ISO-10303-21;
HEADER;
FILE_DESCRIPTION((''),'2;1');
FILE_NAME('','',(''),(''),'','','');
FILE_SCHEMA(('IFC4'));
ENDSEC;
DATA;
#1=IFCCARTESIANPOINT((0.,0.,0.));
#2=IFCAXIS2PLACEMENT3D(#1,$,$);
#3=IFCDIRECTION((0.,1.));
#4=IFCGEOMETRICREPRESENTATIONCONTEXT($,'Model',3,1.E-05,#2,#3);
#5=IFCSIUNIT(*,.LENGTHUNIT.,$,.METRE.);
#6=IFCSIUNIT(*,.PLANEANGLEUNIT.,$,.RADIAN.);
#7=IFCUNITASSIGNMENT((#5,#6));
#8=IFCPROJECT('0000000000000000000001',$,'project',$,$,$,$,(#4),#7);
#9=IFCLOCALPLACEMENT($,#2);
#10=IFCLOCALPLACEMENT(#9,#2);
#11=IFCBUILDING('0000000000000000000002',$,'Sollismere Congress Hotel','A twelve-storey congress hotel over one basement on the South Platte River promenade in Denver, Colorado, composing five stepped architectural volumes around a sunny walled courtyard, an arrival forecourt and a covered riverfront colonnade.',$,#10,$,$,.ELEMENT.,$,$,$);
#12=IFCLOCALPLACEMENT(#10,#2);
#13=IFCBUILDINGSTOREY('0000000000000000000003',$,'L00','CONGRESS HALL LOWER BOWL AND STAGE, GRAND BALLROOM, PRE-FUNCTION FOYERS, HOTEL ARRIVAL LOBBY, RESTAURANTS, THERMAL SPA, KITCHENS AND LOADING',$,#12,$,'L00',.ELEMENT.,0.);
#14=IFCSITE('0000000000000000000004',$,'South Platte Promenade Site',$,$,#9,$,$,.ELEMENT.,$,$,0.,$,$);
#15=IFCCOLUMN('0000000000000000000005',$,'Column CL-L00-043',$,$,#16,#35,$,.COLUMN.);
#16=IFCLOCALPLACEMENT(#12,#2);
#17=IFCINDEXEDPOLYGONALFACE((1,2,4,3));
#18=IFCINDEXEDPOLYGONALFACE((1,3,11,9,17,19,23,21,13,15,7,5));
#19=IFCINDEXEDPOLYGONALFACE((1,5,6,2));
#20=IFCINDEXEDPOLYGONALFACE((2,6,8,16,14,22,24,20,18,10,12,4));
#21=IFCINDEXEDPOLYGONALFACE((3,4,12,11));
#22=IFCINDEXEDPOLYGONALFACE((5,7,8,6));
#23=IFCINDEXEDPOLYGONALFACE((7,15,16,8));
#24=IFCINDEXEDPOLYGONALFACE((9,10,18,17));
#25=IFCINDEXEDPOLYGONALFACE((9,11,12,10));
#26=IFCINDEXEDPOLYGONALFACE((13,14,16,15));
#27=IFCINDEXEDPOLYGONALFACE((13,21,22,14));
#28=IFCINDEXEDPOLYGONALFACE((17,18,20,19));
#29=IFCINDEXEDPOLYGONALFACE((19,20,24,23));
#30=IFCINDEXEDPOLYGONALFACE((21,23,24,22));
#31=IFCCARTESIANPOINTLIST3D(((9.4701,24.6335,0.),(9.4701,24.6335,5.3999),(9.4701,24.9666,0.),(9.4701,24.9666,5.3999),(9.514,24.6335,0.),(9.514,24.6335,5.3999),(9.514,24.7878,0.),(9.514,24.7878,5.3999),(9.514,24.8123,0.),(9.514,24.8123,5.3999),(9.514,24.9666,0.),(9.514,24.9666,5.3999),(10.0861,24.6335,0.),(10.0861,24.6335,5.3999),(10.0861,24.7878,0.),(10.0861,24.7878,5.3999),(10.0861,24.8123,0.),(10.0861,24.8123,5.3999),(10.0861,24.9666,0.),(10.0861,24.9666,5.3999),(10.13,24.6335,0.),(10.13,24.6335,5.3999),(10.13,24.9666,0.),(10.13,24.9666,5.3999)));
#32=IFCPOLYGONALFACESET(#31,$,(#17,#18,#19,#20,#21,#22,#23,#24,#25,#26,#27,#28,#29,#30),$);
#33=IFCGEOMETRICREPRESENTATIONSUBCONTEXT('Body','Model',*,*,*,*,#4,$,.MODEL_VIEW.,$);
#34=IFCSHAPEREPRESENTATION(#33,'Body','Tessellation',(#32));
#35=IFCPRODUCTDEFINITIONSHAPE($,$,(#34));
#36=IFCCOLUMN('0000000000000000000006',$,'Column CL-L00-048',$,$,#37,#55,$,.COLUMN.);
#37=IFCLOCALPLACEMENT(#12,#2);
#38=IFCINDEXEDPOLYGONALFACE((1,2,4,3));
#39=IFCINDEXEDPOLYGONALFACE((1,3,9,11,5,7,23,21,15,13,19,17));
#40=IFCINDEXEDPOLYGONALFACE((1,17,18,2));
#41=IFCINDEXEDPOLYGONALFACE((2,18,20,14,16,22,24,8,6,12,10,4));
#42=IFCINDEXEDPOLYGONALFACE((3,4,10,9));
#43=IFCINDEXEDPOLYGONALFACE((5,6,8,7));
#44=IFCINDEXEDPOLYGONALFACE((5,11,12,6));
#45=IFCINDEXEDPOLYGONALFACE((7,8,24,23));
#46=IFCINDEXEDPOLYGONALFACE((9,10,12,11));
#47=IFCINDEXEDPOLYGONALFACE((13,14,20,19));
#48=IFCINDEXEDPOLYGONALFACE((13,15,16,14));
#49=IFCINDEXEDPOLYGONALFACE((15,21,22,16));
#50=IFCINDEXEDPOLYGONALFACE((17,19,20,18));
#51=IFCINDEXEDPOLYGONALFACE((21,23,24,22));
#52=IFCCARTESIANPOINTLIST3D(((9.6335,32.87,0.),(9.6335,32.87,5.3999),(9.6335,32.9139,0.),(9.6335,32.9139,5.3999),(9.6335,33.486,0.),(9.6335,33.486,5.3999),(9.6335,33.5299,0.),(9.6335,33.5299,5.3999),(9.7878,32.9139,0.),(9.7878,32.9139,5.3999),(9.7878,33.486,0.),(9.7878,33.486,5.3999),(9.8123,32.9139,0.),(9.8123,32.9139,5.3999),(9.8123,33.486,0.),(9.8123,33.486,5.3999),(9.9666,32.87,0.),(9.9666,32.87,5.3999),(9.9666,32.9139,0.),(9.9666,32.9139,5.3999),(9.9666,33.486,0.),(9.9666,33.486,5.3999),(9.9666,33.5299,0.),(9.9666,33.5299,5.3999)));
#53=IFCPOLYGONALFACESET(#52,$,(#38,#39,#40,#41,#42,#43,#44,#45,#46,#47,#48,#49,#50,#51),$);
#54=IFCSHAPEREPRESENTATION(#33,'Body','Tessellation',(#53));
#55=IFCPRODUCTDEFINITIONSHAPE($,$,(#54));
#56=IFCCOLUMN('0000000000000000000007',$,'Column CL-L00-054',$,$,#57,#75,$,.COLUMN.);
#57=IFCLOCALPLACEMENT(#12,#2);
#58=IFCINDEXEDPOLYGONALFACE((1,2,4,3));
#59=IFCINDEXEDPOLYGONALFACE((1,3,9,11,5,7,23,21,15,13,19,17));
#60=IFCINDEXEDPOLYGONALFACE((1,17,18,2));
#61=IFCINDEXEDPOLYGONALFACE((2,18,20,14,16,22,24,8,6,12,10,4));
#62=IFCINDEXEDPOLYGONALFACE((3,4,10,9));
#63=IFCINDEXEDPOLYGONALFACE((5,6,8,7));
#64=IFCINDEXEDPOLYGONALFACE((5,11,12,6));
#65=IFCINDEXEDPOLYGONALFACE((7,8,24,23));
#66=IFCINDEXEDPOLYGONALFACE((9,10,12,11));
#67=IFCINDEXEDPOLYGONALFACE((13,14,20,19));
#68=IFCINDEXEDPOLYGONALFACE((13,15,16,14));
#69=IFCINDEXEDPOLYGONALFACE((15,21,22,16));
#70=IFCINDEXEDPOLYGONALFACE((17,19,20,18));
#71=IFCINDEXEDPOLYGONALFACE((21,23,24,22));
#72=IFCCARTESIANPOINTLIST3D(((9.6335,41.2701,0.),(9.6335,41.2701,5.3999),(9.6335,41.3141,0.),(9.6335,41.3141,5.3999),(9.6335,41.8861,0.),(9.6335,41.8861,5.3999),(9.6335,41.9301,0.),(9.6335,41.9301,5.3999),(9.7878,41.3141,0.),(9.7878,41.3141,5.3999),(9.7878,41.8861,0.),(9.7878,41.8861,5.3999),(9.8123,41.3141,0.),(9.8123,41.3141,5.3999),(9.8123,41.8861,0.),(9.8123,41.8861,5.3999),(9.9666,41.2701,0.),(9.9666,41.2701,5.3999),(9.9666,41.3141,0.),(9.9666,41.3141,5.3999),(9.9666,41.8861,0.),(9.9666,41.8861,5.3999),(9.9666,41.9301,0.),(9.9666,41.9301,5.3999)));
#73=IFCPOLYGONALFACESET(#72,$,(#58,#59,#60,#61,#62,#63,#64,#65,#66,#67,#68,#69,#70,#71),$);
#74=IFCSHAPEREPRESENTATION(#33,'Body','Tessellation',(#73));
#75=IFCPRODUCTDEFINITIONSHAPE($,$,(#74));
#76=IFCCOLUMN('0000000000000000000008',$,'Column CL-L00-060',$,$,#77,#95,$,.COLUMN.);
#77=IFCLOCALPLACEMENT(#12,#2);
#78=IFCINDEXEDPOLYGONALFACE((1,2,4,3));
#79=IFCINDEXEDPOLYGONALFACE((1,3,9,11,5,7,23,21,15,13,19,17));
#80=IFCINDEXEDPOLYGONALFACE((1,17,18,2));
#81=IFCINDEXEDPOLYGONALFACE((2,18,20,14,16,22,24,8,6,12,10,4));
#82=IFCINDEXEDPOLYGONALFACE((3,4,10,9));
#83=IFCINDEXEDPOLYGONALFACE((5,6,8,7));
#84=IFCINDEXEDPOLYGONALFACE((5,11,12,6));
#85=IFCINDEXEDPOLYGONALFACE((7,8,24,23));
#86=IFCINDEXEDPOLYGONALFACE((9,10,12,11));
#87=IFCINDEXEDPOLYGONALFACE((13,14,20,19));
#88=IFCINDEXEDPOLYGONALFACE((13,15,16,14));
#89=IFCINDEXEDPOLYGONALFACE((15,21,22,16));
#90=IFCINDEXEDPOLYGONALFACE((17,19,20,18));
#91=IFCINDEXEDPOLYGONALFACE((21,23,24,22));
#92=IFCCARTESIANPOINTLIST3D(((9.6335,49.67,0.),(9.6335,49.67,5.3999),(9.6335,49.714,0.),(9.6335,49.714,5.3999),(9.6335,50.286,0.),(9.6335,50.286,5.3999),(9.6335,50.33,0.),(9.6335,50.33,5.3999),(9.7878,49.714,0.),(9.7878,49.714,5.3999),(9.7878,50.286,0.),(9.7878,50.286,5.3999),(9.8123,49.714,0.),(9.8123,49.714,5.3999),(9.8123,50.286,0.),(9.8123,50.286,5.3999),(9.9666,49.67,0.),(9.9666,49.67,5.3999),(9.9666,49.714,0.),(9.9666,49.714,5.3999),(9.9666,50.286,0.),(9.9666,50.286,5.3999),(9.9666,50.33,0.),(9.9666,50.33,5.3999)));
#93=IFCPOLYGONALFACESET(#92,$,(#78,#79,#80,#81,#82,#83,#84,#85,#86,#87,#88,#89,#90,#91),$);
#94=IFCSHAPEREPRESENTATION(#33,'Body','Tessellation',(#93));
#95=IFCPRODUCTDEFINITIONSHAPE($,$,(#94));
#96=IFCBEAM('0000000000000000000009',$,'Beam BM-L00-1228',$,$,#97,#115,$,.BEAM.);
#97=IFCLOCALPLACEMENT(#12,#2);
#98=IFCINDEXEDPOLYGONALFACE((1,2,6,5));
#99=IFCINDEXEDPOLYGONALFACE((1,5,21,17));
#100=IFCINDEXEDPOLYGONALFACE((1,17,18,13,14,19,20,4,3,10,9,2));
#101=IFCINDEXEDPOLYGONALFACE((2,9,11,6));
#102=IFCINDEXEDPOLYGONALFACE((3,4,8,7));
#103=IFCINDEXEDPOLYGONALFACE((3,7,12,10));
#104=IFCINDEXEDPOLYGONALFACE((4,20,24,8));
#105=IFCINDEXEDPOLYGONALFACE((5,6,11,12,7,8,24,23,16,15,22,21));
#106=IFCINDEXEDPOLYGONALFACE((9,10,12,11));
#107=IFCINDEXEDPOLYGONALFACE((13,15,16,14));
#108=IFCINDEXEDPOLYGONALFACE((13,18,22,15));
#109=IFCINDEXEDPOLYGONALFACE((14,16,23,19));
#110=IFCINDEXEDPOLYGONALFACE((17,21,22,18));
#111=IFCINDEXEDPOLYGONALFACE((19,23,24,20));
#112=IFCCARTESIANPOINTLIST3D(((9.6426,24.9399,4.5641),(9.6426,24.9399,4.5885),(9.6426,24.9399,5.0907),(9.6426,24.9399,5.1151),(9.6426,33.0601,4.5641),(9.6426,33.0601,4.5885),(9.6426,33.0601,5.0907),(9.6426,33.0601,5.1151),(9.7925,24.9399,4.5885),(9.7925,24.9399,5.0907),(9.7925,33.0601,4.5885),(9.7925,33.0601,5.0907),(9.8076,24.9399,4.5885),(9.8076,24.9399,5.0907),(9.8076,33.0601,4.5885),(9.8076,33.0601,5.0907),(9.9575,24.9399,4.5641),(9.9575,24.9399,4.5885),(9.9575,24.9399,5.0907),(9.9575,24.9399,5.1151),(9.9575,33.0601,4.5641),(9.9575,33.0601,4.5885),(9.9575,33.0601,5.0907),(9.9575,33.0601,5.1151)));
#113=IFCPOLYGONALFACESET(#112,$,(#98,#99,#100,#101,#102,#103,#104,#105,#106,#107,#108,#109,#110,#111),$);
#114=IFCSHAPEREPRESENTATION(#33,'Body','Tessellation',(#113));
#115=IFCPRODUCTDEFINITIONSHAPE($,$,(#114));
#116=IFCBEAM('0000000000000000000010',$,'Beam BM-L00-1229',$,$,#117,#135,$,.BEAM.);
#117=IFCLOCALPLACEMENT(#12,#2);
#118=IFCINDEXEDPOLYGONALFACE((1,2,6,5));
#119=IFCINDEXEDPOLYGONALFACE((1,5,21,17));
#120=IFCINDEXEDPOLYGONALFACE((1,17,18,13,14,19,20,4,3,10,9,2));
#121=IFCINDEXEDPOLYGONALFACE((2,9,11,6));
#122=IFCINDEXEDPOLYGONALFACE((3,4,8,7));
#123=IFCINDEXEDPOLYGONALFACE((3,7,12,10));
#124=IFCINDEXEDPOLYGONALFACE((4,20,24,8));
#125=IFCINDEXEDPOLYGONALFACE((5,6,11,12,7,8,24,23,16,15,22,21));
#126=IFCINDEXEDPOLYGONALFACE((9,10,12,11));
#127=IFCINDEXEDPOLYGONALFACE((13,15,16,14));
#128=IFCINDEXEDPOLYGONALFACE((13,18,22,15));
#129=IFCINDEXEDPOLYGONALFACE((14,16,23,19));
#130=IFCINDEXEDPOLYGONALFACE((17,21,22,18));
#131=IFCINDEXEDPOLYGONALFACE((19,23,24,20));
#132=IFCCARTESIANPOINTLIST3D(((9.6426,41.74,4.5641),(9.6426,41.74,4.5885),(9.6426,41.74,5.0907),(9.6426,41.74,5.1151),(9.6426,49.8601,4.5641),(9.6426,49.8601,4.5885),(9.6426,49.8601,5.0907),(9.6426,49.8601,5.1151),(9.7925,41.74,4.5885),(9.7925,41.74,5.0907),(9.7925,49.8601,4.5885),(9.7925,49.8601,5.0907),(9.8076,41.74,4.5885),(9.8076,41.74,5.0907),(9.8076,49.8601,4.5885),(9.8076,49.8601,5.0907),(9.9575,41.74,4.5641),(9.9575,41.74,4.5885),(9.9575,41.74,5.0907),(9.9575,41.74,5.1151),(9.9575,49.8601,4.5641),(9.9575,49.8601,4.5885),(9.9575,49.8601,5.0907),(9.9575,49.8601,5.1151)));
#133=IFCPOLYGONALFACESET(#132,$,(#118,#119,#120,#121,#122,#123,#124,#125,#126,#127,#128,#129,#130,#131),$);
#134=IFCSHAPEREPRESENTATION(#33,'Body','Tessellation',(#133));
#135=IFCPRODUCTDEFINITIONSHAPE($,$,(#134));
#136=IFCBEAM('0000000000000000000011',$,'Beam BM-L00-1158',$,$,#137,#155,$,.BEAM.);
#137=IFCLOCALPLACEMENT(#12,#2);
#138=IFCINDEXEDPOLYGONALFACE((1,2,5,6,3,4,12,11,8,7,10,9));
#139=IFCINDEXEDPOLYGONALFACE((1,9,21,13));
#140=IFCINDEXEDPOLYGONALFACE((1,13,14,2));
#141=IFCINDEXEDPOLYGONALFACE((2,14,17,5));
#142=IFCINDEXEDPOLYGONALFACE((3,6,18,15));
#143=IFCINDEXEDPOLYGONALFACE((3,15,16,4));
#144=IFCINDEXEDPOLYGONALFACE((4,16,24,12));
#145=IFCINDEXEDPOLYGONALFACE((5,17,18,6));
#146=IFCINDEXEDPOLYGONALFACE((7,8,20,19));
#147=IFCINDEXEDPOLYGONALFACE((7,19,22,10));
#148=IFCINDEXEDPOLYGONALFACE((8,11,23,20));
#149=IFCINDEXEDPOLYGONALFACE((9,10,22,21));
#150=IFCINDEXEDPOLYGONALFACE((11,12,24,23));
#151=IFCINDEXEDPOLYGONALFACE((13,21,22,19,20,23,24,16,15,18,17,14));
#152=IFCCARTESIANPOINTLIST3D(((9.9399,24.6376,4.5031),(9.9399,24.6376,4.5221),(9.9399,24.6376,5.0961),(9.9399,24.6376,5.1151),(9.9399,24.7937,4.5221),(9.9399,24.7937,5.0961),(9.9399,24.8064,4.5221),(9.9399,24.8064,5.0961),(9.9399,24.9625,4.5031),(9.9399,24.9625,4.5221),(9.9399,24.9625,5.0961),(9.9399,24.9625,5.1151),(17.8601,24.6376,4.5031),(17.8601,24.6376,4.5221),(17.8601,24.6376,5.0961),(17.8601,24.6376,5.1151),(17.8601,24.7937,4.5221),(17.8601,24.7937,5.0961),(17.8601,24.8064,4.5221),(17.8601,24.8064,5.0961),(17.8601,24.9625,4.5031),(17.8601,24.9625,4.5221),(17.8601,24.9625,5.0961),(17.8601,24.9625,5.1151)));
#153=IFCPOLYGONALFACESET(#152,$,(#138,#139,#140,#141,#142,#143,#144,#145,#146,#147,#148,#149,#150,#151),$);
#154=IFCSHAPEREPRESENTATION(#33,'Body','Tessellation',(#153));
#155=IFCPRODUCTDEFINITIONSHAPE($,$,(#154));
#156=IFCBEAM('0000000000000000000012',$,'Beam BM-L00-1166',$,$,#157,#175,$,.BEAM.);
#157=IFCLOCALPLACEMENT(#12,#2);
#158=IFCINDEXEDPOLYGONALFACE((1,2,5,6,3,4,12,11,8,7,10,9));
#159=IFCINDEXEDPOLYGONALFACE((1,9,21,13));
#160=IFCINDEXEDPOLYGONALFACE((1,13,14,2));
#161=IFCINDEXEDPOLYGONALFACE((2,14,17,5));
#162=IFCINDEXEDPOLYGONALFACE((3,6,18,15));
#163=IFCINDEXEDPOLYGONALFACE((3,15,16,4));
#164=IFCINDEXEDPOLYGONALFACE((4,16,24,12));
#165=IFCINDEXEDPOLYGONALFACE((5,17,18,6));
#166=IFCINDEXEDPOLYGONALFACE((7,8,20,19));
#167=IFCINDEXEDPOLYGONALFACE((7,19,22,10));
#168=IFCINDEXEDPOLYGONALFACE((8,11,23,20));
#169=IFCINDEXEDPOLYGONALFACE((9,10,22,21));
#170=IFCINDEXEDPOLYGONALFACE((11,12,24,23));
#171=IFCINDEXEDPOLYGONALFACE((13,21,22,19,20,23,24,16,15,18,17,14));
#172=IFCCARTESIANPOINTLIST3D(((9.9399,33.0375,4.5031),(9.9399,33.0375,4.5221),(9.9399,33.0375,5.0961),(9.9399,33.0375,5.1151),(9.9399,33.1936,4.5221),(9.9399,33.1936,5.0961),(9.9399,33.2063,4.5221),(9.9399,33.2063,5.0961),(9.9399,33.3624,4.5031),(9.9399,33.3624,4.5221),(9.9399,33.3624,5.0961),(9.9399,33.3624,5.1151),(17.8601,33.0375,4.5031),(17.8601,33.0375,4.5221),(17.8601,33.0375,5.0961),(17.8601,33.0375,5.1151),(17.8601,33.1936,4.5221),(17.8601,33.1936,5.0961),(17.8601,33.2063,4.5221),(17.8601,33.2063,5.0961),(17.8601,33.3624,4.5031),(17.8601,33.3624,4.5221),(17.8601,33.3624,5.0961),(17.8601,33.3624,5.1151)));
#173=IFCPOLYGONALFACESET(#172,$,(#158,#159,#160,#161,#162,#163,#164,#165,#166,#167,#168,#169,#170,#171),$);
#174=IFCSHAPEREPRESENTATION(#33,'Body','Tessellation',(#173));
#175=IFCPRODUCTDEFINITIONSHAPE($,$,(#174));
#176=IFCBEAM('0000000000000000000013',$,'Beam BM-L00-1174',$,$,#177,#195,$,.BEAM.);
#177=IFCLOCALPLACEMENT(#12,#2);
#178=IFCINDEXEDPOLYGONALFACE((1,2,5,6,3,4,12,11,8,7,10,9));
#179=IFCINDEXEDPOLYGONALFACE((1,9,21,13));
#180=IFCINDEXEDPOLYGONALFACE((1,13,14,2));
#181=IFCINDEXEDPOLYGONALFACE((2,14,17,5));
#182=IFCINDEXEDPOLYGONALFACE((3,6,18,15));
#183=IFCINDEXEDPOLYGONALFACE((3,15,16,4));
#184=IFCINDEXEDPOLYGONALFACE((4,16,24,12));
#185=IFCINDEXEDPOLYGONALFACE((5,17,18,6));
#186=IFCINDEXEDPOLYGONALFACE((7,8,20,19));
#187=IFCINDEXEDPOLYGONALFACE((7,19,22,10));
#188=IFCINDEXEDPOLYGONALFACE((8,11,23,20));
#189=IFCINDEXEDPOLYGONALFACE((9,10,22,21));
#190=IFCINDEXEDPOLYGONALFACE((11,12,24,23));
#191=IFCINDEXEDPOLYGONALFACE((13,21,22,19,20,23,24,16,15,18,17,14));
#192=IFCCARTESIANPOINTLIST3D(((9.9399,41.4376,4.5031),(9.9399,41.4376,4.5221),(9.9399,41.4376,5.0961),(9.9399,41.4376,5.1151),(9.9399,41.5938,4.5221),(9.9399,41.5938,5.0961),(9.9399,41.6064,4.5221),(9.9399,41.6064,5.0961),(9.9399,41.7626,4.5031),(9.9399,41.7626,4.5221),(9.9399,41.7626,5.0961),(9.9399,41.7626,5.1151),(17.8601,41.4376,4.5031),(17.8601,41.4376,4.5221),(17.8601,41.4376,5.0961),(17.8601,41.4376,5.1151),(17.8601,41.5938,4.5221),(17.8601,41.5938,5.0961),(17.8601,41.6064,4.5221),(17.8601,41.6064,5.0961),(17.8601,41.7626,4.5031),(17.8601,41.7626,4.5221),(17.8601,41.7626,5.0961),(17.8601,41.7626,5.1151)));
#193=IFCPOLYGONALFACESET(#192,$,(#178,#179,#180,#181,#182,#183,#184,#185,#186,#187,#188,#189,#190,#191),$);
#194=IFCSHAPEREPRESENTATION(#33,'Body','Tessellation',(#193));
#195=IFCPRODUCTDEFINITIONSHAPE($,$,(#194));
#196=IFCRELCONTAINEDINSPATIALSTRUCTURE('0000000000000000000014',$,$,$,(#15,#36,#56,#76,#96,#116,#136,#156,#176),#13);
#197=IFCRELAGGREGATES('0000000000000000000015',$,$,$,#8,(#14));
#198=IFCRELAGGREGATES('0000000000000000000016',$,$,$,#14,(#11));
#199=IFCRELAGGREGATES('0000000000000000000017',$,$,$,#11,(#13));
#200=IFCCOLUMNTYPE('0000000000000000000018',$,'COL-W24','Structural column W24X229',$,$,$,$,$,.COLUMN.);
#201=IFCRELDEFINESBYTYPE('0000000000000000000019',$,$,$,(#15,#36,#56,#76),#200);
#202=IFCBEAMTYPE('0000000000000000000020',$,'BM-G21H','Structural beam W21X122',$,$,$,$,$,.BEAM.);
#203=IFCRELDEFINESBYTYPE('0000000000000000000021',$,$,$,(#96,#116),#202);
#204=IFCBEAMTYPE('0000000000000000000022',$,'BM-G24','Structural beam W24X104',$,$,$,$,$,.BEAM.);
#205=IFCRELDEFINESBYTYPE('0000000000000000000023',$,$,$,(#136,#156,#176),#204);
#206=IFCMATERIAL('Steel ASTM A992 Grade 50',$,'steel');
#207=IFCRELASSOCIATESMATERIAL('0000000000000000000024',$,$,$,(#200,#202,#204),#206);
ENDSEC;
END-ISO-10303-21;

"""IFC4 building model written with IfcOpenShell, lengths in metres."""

from ifc_helpers import new_model, si_unit, direction, frame, origin, origin_2d, place, context, subcontext, project, spatial, i_section, extrude, material, material_profile, profile_set, type_object, element, save


model = new_model("IFC4")

# Units and contexts
model_context = context("Model", 3, precision=1e-05, world=origin(), true_north=direction((0.0, 1.0)))
body_context = subcontext(model_context, "Body", "Model", "MODEL_VIEW")
ifc_project = project(units=[si_unit("LENGTHUNIT", "METRE"), si_unit("PLANEANGLEUNIT", "RADIAN")], contexts=[model_context])

# Site, building, storey
site_placement = place(None, origin())
site = spatial("IfcSite", under=ifc_project, at=site_placement, Name="South Platte Promenade Site", CompositionType="ELEMENT", RefElevation=0.0)
building_placement = place(site_placement, origin())
building = spatial("IfcBuilding", under=site, at=building_placement, Name="Sollismere Congress Hotel", Description="A twelve-storey congress hotel over one basement on the South Platte River promenade in Denver, Colorado, composing five stepped architectural volumes around a sunny walled courtyard, an arrival forecourt and a covered riverfront colonnade.", CompositionType="ELEMENT")
storey_placement = place(building_placement, origin())
storey = spatial("IfcBuildingStorey", under=building, at=storey_placement, Name="L00", Description="CONGRESS HALL LOWER BOWL AND STAGE, GRAND BALLROOM, PRE-FUNCTION FOYERS, HOTEL ARRIVAL LOBBY, RESTAURANTS, THERMAL SPA, KITCHENS AND LOADING", LongName="L00", CompositionType="ELEMENT", Elevation=0.0)

# Columns
ifc_material_1 = material(Name="Steel ASTM A992 Grade 50", Category="steel")
ifc_material_profile_1 = material_profile(ifc_material_1, i_section(OverallWidth=0.333, OverallDepth=0.6599, WebThickness=0.0244, FlangeThickness=0.0439, at=origin_2d()), Name="W24X229")
ifc_profile_set_1 = profile_set([ifc_material_profile_1], Name="Steel ASTM A992 Grade 50")
column_type = type_object("IfcColumnType", Name="COL-W24", Description="Structural column W24X229", PredefinedType="COLUMN", material=ifc_profile_set_1)
for number, where, z_axis, x_axis, name in (
    (1, (9.8, 24.8, 0.0), (0.0, 0.0, 1.0), (0.0, 1.0, 0.0), "Column CL-L00-043"),
    (2, (9.8, 33.2, 0.0), (0.0, 0.0, 1.0), (1.0, 0.0, 0.0), "Column CL-L00-048"),
    (3, (9.8, 41.6001, 0.0), (0.0, 0.0, 1.0), (1.0, 0.0, 0.0), "Column CL-L00-054"),
    (4, (9.8, 50.0, 0.0), (0.0, 0.0, 1.0), (1.0, 0.0, 0.0), "Column CL-L00-060"),
):
    element("IfcColumn", number, at=place(storey_placement, frame(where, z_axis=z_axis, x_axis=x_axis)), inside=storey, type_object=column_type, Name=name, PredefinedType="COLUMN", context=body_context, shape_type="SweptSolid", body=[
        extrude(i_section(OverallWidth=0.333, OverallDepth=0.6599, WebThickness=0.0244, FlangeThickness=0.0439, at=origin_2d()), origin(), (0.0, 0.0, 1.0), 5.3999),
    ])

# Beams
ifc_material_profile_2 = material_profile(ifc_material_1, i_section(OverallWidth=0.3149, OverallDepth=0.551, WebThickness=0.0151, FlangeThickness=0.0244, at=origin_2d()), Name="W21X122")
ifc_profile_set_2 = profile_set([ifc_material_profile_2], Name="Steel ASTM A992 Grade 50")
beam_type_1 = type_object("IfcBeamType", Name="BM-G21H", Description="Structural beam W21X122", PredefinedType="BEAM", material=ifc_profile_set_2)
for number, where, z_axis, x_axis, name in (
    (5, (9.8, 24.9399, 4.8396), (0.0, 1.0, 0.0), (-1.0, 0.0, 0.0), "Beam BM-L00-1228"),
    (6, (9.8, 41.74, 4.8396), (0.0, 1.0, 0.0), (-1.0, 0.0, 0.0), "Beam BM-L00-1229"),
):
    element("IfcBeam", number, at=place(storey_placement, frame(where, z_axis=z_axis, x_axis=x_axis)), inside=storey, type_object=beam_type_1, Name=name, PredefinedType="BEAM", context=body_context, shape_type="SweptSolid", body=[
        extrude(i_section(OverallWidth=0.3149, OverallDepth=0.551, WebThickness=0.0151, FlangeThickness=0.0244, at=origin_2d()), origin(), (0.0, 0.0, 1.0), 8.1201),
    ])
ifc_material_profile_3 = material_profile(ifc_material_1, i_section(OverallWidth=0.325, OverallDepth=0.6121, WebThickness=0.0127, FlangeThickness=0.019, at=origin_2d()), Name="W24X104")
ifc_profile_set_3 = profile_set([ifc_material_profile_3], Name="Steel ASTM A992 Grade 50")
beam_type_2 = type_object("IfcBeamType", Name="BM-G24", Description="Structural beam W24X104", PredefinedType="BEAM", material=ifc_profile_set_3)
for number, where, z_axis, x_axis, name in (
    (7, (9.9399, 24.8, 4.8091), (1.0, 0.0, 0.0), (0.0, 1.0, 0.0), "Beam BM-L00-1158"),
    (8, (9.9399, 33.2, 4.8091), (1.0, 0.0, 0.0), (0.0, 1.0, 0.0), "Beam BM-L00-1166"),
    (9, (9.9399, 41.6001, 4.8091), (1.0, 0.0, 0.0), (0.0, 1.0, 0.0), "Beam BM-L00-1174"),
):
    element("IfcBeam", number, at=place(storey_placement, frame(where, z_axis=z_axis, x_axis=x_axis)), inside=storey, type_object=beam_type_2, Name=name, PredefinedType="BEAM", context=body_context, shape_type="SweptSolid", body=[
        extrude(i_section(OverallWidth=0.325, OverallDepth=0.6121, WebThickness=0.0127, FlangeThickness=0.019, at=origin_2d()), origin(), (0.0, 0.0, 1.0), 7.9202),
    ])

save(model, "model.ifc")
